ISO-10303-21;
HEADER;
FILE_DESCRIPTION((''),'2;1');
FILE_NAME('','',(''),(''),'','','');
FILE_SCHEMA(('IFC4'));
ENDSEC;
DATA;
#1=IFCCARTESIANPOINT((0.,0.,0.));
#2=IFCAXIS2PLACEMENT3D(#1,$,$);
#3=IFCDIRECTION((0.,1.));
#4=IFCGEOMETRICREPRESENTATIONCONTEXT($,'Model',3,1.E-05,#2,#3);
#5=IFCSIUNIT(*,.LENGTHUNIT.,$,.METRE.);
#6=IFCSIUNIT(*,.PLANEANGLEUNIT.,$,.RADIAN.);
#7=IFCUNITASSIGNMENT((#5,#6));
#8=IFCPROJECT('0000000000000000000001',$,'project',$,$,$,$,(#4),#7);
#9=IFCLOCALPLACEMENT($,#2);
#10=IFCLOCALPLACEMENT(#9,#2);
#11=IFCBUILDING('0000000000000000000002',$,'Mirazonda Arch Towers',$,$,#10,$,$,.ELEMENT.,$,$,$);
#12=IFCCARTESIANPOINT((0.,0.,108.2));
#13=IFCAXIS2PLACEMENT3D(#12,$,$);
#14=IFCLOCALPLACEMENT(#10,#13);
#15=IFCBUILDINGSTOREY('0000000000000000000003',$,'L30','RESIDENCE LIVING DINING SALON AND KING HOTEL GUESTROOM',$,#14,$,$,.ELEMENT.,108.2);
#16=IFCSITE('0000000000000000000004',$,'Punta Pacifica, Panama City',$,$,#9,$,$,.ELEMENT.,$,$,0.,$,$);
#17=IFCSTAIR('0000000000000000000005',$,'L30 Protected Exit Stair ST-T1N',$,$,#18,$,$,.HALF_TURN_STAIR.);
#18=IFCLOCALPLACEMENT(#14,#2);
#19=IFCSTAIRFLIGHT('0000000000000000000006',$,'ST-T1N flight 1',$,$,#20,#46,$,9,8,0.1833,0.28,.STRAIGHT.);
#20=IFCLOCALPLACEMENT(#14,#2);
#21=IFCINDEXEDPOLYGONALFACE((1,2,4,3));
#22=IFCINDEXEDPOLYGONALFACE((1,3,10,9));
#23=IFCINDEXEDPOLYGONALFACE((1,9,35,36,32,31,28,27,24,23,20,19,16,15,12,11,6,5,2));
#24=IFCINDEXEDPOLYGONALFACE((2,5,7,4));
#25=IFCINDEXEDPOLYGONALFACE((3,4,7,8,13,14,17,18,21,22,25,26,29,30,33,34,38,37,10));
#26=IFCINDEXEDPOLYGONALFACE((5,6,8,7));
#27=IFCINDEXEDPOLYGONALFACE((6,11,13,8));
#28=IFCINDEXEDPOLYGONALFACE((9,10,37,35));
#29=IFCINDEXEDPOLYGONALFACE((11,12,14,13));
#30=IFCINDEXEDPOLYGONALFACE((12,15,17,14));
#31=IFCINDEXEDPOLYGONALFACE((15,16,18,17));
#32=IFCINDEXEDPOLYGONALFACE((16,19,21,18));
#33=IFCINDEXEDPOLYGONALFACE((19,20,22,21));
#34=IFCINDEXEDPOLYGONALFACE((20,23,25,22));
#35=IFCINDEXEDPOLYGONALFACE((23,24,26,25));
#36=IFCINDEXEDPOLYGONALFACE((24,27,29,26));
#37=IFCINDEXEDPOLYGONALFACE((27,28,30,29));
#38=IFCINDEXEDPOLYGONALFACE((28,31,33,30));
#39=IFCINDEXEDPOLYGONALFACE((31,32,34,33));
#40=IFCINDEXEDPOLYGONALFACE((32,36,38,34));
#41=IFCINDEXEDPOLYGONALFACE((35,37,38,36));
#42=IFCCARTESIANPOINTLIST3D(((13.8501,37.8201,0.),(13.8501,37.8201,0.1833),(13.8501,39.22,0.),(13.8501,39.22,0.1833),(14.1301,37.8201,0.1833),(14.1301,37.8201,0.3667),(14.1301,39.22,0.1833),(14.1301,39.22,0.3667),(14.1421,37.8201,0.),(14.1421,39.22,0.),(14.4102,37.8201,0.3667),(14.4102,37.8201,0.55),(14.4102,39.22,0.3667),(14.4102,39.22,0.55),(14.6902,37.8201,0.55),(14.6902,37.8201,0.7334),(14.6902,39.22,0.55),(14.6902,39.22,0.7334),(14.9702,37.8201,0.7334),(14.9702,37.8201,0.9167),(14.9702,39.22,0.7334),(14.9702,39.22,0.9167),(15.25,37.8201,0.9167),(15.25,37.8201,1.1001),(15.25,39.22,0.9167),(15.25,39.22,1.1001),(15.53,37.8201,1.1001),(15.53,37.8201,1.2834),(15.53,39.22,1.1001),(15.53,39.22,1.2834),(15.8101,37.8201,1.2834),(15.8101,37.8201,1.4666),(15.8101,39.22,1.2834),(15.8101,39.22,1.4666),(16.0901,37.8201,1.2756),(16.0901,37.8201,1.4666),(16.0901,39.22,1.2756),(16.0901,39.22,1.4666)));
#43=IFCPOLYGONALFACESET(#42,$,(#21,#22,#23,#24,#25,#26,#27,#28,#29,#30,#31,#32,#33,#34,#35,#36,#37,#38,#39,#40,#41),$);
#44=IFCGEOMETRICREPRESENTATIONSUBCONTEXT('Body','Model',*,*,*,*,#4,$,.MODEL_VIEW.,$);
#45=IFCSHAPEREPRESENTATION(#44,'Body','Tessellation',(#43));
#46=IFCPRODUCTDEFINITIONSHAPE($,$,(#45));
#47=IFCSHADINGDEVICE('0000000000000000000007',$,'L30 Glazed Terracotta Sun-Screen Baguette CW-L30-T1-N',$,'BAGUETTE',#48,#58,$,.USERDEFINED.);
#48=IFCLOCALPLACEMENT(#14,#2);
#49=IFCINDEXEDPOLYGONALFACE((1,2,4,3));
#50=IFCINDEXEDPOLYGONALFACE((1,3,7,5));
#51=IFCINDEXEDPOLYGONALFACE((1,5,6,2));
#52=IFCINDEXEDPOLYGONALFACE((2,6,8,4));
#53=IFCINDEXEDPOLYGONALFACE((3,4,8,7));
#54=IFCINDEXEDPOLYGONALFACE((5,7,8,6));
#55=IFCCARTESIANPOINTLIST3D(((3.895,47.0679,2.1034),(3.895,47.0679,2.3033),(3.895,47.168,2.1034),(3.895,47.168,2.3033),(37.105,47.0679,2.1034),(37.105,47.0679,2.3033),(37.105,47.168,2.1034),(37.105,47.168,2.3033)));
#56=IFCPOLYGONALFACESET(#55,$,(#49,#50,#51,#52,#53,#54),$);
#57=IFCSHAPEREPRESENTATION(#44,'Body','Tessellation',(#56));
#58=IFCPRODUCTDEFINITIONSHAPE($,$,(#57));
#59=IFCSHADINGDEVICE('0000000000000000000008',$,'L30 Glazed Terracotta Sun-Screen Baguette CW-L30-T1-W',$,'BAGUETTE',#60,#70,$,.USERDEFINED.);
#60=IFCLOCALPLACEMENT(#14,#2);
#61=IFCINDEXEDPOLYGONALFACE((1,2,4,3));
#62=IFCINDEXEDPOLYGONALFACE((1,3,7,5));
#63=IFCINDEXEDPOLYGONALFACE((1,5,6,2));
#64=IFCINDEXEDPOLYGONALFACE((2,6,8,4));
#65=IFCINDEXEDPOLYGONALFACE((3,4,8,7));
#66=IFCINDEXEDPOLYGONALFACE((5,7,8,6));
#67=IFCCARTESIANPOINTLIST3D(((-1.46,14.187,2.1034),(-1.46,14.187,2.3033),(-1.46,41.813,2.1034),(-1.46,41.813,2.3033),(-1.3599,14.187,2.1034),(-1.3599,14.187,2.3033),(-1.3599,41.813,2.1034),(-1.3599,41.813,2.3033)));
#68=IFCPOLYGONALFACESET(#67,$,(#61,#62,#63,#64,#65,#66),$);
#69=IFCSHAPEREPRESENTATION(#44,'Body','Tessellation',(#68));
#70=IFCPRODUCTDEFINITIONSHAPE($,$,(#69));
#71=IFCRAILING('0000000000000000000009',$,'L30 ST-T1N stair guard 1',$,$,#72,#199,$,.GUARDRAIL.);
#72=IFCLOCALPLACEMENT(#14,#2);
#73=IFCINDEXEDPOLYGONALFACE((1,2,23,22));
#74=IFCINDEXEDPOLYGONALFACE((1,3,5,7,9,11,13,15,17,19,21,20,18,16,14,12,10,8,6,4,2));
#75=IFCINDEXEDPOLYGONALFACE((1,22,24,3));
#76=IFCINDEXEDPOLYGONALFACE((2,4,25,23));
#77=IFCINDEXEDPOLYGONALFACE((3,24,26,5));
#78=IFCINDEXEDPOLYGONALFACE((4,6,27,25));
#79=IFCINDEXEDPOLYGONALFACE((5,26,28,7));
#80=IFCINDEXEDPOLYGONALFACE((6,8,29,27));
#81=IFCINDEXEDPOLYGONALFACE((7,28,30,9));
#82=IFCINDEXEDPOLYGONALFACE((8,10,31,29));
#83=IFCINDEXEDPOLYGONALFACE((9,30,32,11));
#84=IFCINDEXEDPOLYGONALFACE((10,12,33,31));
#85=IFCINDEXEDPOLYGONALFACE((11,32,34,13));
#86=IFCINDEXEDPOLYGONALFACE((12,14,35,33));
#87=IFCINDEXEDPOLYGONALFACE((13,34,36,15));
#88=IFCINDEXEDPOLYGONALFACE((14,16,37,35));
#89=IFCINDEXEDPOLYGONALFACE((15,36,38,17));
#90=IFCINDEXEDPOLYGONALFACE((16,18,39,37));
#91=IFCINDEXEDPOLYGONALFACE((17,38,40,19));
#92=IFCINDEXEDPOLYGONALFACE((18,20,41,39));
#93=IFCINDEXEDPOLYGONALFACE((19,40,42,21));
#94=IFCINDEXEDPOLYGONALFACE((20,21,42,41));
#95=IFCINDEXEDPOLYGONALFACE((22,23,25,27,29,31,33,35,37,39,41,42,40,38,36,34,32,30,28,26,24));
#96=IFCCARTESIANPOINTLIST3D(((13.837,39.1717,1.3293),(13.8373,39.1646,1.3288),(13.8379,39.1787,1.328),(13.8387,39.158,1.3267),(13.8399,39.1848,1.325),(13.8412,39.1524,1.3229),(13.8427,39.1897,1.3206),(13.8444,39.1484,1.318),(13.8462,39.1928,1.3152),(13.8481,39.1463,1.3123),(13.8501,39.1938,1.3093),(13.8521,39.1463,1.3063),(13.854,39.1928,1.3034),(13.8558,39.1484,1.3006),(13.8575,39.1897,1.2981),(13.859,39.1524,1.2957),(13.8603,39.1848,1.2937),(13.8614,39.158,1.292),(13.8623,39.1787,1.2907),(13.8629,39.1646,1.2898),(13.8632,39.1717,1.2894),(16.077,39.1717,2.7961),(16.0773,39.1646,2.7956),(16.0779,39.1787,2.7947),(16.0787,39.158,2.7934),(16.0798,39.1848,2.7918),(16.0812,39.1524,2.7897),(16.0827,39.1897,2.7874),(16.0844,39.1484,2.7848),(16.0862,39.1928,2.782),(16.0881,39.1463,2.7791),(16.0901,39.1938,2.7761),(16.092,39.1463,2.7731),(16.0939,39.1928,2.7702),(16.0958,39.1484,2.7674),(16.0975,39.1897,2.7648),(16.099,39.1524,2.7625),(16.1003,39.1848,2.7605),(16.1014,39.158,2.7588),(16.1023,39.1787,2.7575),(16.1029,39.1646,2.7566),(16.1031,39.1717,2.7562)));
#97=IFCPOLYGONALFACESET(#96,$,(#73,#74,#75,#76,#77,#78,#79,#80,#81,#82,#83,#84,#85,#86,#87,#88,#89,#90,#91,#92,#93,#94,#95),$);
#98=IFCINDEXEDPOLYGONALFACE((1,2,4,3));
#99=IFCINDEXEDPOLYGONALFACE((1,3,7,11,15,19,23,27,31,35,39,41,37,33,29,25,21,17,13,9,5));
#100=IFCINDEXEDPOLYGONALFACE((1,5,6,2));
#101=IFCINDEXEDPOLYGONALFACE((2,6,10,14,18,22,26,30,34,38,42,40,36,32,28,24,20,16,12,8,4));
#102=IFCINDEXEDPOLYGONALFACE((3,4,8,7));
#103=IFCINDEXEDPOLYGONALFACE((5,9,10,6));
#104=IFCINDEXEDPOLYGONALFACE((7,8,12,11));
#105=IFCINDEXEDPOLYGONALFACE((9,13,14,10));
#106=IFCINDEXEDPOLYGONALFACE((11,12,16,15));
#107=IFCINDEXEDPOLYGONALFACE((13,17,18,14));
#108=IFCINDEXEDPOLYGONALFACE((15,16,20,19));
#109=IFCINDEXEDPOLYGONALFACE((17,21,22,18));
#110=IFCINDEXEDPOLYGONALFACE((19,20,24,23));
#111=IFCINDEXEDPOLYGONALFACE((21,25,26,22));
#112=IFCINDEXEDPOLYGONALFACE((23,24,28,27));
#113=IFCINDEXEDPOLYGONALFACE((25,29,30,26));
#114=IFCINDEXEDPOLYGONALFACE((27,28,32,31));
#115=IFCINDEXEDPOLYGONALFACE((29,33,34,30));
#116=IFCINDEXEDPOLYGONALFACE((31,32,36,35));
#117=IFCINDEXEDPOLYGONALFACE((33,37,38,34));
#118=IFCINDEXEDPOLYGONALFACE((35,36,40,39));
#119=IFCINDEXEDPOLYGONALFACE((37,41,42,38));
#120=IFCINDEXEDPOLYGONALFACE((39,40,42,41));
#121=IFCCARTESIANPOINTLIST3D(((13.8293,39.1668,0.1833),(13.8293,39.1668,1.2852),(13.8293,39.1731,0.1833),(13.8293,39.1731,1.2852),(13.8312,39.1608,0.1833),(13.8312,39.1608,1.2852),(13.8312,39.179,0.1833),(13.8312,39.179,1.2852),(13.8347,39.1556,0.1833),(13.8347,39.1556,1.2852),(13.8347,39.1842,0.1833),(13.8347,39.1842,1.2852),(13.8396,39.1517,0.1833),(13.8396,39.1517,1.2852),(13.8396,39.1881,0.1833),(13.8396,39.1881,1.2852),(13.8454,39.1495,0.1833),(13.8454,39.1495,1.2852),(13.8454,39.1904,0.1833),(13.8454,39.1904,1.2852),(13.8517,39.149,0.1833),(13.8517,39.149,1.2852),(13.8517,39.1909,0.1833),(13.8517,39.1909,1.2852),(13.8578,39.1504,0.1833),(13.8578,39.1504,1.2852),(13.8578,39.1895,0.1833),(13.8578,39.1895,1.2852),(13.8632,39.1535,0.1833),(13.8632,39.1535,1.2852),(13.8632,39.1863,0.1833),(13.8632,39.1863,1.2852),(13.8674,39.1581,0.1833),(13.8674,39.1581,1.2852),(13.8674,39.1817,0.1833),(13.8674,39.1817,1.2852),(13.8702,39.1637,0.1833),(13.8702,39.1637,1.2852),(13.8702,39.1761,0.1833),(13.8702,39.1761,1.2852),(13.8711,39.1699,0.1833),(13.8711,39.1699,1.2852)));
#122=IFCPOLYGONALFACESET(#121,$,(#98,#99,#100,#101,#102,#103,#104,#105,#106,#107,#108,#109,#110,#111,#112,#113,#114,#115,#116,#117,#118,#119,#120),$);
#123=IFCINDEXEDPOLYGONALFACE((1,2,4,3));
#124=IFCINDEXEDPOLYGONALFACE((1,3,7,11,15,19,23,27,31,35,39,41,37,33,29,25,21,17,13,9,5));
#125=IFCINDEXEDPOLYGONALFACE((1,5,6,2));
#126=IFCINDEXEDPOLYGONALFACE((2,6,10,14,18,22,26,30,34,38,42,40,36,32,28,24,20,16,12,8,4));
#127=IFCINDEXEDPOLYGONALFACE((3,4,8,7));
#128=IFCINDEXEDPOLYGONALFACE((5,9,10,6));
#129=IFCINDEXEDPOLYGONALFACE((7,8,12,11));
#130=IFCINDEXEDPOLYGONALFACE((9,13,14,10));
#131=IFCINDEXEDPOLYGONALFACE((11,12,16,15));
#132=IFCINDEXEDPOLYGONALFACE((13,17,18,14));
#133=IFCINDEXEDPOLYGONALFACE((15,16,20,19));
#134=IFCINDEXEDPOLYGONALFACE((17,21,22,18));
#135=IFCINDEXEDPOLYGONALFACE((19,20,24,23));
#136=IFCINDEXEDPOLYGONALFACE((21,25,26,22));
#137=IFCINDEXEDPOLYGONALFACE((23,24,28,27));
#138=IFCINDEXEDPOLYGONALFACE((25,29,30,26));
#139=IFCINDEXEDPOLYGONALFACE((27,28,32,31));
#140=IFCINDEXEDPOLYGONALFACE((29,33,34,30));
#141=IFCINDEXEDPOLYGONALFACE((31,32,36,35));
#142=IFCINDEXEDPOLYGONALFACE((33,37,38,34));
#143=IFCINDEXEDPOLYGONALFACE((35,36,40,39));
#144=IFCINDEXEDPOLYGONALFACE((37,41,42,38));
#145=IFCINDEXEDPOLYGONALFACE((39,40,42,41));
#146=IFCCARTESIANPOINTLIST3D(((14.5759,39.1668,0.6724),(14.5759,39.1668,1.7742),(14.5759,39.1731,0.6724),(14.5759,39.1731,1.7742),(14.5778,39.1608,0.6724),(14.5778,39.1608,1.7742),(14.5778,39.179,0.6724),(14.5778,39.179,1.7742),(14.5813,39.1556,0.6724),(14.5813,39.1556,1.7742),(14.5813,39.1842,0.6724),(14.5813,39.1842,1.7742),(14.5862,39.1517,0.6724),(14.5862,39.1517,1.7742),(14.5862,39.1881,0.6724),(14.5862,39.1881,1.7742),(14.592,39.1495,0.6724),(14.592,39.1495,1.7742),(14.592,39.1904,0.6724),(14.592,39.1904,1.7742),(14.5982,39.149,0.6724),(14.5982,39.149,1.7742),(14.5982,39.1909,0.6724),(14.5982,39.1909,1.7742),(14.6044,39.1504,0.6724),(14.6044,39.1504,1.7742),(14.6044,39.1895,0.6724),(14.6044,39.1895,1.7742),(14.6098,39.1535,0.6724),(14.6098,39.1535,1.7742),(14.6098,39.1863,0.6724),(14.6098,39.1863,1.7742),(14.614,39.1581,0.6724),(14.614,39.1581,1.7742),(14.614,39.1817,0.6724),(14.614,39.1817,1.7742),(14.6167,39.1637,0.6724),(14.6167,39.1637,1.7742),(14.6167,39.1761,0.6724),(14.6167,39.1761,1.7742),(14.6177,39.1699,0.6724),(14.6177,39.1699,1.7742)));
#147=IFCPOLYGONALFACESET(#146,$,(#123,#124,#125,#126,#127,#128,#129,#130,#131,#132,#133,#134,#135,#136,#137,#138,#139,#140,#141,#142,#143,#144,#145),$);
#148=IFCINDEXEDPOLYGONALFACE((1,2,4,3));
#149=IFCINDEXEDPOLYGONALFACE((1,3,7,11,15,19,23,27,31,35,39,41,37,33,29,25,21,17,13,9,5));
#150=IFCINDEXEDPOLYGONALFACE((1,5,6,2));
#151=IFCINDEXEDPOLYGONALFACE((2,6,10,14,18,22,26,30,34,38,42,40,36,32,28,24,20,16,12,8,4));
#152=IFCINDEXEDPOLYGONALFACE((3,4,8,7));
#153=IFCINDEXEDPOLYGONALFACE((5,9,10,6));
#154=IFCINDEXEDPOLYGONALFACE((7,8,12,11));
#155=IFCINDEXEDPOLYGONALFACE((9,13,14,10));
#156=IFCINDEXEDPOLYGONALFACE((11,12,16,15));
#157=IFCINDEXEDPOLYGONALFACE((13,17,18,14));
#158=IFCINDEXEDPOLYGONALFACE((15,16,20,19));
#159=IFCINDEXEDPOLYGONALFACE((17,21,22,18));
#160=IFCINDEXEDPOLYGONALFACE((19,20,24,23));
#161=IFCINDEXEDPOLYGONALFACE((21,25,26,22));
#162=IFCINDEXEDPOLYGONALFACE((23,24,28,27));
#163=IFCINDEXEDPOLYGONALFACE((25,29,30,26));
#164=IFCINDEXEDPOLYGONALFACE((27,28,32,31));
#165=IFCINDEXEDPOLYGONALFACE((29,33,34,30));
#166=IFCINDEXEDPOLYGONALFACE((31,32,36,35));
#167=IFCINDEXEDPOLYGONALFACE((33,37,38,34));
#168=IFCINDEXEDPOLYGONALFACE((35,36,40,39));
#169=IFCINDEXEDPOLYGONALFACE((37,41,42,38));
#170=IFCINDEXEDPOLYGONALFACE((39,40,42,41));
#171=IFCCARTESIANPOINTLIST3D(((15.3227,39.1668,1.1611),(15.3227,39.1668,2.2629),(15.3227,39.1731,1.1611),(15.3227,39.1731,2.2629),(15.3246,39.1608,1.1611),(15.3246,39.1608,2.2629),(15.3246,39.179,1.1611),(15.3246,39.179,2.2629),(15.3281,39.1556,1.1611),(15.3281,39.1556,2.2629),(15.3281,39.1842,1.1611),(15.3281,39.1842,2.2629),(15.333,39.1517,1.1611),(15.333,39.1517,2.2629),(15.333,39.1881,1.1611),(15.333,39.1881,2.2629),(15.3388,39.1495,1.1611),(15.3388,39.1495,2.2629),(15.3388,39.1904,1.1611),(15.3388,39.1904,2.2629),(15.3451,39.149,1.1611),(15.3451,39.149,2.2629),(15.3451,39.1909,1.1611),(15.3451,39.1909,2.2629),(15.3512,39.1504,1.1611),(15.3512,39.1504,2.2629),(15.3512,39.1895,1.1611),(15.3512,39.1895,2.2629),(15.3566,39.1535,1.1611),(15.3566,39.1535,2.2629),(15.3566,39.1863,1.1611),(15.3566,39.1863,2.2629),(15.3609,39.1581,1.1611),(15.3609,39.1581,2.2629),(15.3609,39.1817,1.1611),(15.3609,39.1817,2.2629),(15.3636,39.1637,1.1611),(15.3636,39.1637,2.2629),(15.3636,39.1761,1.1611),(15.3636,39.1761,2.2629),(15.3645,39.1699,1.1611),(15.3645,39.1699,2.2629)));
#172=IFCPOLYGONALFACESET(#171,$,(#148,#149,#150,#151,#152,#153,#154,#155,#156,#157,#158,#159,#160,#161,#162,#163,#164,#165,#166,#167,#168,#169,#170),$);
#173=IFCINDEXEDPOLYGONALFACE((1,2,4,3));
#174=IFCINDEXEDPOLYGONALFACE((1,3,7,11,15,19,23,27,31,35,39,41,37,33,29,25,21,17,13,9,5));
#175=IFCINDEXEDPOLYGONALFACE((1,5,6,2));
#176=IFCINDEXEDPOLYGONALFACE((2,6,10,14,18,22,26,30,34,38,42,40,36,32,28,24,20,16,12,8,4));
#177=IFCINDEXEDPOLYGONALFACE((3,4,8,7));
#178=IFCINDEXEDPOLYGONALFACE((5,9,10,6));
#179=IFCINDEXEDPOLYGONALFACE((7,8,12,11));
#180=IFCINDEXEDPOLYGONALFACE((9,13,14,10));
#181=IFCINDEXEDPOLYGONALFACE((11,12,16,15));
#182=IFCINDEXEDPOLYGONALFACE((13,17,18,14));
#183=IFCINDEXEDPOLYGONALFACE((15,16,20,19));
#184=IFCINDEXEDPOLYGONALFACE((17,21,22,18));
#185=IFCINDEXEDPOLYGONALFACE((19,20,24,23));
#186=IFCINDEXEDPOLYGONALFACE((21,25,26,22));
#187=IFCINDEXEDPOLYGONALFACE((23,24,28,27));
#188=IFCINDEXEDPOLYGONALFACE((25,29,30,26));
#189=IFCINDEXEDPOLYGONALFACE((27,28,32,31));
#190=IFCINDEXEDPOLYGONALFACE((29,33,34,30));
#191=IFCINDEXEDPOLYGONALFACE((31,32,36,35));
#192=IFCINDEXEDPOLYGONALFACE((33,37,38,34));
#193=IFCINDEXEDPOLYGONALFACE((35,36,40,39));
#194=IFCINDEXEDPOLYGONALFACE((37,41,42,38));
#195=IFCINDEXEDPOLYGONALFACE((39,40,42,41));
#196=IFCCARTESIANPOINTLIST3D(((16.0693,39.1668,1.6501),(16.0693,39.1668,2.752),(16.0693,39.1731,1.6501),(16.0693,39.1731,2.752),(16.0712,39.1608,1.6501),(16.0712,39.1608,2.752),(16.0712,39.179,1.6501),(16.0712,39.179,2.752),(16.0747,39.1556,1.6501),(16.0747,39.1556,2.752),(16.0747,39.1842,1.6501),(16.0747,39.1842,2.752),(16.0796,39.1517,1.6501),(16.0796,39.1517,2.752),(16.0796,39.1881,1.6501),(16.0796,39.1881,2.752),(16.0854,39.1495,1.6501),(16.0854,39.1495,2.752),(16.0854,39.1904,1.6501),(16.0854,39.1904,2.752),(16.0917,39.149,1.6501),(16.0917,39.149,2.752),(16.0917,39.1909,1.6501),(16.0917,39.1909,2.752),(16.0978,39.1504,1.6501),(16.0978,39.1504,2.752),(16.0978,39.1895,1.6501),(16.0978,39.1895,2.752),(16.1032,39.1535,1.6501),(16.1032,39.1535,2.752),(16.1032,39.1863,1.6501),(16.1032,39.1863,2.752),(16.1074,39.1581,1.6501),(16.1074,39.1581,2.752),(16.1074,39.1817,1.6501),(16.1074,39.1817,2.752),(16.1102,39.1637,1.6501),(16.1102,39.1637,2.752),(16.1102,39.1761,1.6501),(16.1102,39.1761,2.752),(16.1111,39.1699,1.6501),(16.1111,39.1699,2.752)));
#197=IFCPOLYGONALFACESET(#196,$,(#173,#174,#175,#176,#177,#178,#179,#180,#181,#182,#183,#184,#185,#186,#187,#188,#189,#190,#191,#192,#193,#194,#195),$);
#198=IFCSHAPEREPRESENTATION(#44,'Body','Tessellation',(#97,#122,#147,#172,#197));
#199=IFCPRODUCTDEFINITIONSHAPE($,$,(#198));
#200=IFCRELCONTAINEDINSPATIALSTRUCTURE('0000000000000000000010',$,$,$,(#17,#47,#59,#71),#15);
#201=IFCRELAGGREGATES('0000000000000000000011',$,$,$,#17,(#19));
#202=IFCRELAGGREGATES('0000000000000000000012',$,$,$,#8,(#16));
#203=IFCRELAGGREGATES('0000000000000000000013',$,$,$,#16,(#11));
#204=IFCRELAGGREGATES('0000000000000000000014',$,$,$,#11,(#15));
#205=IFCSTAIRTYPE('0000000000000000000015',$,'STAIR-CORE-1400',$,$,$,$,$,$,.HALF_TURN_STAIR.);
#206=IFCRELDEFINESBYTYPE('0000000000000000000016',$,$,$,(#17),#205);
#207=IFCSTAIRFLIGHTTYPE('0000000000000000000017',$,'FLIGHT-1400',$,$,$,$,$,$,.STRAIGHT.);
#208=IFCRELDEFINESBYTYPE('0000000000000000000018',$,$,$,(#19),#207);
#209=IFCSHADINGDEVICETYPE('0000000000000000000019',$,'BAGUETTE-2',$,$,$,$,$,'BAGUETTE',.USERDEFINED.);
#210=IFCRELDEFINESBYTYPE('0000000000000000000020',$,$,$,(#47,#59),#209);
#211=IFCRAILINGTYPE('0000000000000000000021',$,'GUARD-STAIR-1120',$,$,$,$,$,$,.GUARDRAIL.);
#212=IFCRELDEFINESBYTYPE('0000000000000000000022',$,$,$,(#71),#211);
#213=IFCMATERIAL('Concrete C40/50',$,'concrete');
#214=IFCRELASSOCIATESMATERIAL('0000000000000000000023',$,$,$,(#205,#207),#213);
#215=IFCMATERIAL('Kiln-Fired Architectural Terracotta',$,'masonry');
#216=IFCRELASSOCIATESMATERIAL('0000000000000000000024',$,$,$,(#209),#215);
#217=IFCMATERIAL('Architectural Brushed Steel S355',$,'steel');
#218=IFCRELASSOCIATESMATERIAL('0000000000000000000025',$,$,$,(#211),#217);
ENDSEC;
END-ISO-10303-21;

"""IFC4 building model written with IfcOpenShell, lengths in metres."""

from ifc_helpers import new_model, si_unit, direction, frame, origin, origin_2d, place, context, subcontext, project, spatial, polyline, rectangle, circle, outline, extrude, material, material_profile, profile_set, type_object, element, aggregate, save


model = new_model("IFC4")

# Units and contexts
model_context = context("Model", 3, precision=1e-05, world=origin(), true_north=direction((0.0, 1.0)))
body_context = subcontext(model_context, "Body", "Model", "MODEL_VIEW")
ifc_project = project(units=[si_unit("LENGTHUNIT", "METRE"), si_unit("PLANEANGLEUNIT", "RADIAN")], contexts=[model_context])

# Site, building, storey
site_placement = place(None, origin())
site = spatial("IfcSite", under=ifc_project, at=site_placement, Name="Punta Pacifica, Panama City", CompositionType="ELEMENT", RefElevation=0.0)
building_placement = place(site_placement, origin())
building = spatial("IfcBuilding", under=site, at=building_placement, Name="Mirazonda Arch Towers", CompositionType="ELEMENT")
storey_placement = place(building_placement, frame((0.0, 0.0, 108.2)))
storey = spatial("IfcBuildingStorey", under=building, at=storey_placement, Name="L30", Description="RESIDENCE LIVING DINING SALON AND KING HOTEL GUESTROOM", CompositionType="ELEMENT", Elevation=108.2)

# Shared definitions
ifc_material_1 = material(Name="Architectural Brushed Steel S355", Category="steel")

# Stair, stair flight
ifc_material_2 = material(Name="Concrete C40/50", Category="concrete")
stair_type = type_object("IfcStairType", Name="STAIR-CORE-1400", PredefinedType="HALF_TURN_STAIR", material=ifc_material_2)
stair_placement = place(storey_placement, origin())
stair = element("IfcStair", 1, at=stair_placement, inside=storey, type_object=stair_type, Name="L30 Protected Exit Stair ST-T1N", PredefinedType="HALF_TURN_STAIR")
stair_flight_type = type_object("IfcStairFlightType", Name="FLIGHT-1400", PredefinedType="STRAIGHT", material=ifc_material_2)
stair_flight_placement = place(storey_placement, frame((13.8501, 38.52, 0.0), z_axis=(0.0, 0.0, 1.0), x_axis=(1.0, 0.0, 0.0)))
stair_flight = element("IfcStairFlight", 2, at=stair_flight_placement, type_object=stair_flight_type, Name="ST-T1N flight 1", NumberOfRisers=9, NumberOfTreads=8, PredefinedType="STRAIGHT", RiserHeight=0.1833, TreadLength=0.28, context=body_context, shape_type="SweptSolid", body=[
    extrude(outline(polyline([(0.0, 0.0), (0.0, 0.1833), (0.28, 0.1833), (0.28, 0.3667), (0.5601, 0.3667), (0.5601, 0.55), (0.8401, 0.55), (0.8401, 0.7334), (1.1201, 0.7334), (1.1201, 0.9167), (1.3999, 0.9167), (1.3999, 1.1001), (1.6799, 1.1001), (1.6799, 1.2834), (1.96, 1.2834), (1.96, 1.4666), (2.24, 1.4666), (2.24, 1.6499), (2.24, 1.2756), (0.292, 0.0), (0.0, 0.0)])), frame((0.0, 0.7, 0.0), z_axis=(0.0, -1.0, 0.0), x_axis=(1.0, 0.0, 0.0)), (0.0, 0.0, 1.0), 1.3999),
])
aggregate(stair, [stair_flight])

# Shading devices
ifc_material_3 = material(Name="Kiln-Fired Architectural Terracotta", Category="masonry")
ifc_material_profile_1 = material_profile(ifc_material_3, rectangle(XDim=0.1001, YDim=0.2, at=origin_2d()), Name="TERRA-BAG-100x200")
ifc_profile_set_1 = profile_set([ifc_material_profile_1], Name="Kiln-Fired Architectural Terracotta")
shading_device_type = type_object("IfcShadingDeviceType", Name="BAGUETTE-2", ElementType="BAGUETTE", PredefinedType="USERDEFINED", material=ifc_profile_set_1)
shading_device_1_placement = place(storey_placement, frame((3.895, 47.1179, 2.2034), z_axis=(1.0, 0.0, 0.0), x_axis=(0.0, 1.0, 0.0)))
element("IfcShadingDevice", 3, at=shading_device_1_placement, inside=storey, type_object=shading_device_type, Name="L30 Glazed Terracotta Sun-Screen Baguette CW-L30-T1-N", ObjectType="BAGUETTE", PredefinedType="USERDEFINED", context=body_context, shape_type="SweptSolid", body=[
    extrude(rectangle(XDim=0.1001, YDim=0.2, at=origin_2d()), origin(), (0.0, 0.0, 1.0), 33.21),
])
shading_device_2_placement = place(storey_placement, frame((-1.4099, 41.813, 2.2034), z_axis=(0.0, -1.0, 0.0), x_axis=(1.0, 0.0, 0.0)))
element("IfcShadingDevice", 4, at=shading_device_2_placement, inside=storey, type_object=shading_device_type, Name="L30 Glazed Terracotta Sun-Screen Baguette CW-L30-T1-W", ObjectType="BAGUETTE", PredefinedType="USERDEFINED", context=body_context, shape_type="SweptSolid", body=[
    extrude(rectangle(XDim=0.1001, YDim=0.2, at=origin_2d()), origin(), (0.0, 0.0, 1.0), 27.626),
])

# Railing
railing_type_1 = type_object("IfcRailingType", Name="GUARD-STAIR-1120", PredefinedType="GUARDRAIL", material=ifc_material_1)
railing_1_placement = place(storey_placement, frame((13.8501, 39.1699, 0.1833)))
element("IfcRailing", 5, at=railing_1_placement, inside=storey, type_object=railing_type_1, Name="L30 ST-T1N stair guard 1", PredefinedType="GUARDRAIL", context=body_context, shape_type="SweptSolid", body=[
    extrude(circle(Radius=0.0239, at=origin_2d()), frame((0.0, 0.0, 1.126), z_axis=(0.836595, 0.0, 0.547822), x_axis=(0.0, 1.0, 0.0)), (0.0, 0.0, 1.0), 2.6775),
    extrude(circle(Radius=0.021, at=origin_2d()), origin(), (0.0, 0.0, 1.0), 1.1018),
    extrude(circle(Radius=0.021, at=origin_2d()), frame((0.7466, 0.0, 0.489)), (0.0, 0.0, 1.0), 1.1018),
    extrude(circle(Radius=0.021, at=origin_2d()), frame((1.4934, 0.0, 0.9778)), (0.0, 0.0, 1.0), 1.1018),
    extrude(circle(Radius=0.021, at=origin_2d()), frame((2.24, 0.0, 1.4668)), (0.0, 0.0, 1.0), 1.1018),
])

save(model, "model.ifc")
